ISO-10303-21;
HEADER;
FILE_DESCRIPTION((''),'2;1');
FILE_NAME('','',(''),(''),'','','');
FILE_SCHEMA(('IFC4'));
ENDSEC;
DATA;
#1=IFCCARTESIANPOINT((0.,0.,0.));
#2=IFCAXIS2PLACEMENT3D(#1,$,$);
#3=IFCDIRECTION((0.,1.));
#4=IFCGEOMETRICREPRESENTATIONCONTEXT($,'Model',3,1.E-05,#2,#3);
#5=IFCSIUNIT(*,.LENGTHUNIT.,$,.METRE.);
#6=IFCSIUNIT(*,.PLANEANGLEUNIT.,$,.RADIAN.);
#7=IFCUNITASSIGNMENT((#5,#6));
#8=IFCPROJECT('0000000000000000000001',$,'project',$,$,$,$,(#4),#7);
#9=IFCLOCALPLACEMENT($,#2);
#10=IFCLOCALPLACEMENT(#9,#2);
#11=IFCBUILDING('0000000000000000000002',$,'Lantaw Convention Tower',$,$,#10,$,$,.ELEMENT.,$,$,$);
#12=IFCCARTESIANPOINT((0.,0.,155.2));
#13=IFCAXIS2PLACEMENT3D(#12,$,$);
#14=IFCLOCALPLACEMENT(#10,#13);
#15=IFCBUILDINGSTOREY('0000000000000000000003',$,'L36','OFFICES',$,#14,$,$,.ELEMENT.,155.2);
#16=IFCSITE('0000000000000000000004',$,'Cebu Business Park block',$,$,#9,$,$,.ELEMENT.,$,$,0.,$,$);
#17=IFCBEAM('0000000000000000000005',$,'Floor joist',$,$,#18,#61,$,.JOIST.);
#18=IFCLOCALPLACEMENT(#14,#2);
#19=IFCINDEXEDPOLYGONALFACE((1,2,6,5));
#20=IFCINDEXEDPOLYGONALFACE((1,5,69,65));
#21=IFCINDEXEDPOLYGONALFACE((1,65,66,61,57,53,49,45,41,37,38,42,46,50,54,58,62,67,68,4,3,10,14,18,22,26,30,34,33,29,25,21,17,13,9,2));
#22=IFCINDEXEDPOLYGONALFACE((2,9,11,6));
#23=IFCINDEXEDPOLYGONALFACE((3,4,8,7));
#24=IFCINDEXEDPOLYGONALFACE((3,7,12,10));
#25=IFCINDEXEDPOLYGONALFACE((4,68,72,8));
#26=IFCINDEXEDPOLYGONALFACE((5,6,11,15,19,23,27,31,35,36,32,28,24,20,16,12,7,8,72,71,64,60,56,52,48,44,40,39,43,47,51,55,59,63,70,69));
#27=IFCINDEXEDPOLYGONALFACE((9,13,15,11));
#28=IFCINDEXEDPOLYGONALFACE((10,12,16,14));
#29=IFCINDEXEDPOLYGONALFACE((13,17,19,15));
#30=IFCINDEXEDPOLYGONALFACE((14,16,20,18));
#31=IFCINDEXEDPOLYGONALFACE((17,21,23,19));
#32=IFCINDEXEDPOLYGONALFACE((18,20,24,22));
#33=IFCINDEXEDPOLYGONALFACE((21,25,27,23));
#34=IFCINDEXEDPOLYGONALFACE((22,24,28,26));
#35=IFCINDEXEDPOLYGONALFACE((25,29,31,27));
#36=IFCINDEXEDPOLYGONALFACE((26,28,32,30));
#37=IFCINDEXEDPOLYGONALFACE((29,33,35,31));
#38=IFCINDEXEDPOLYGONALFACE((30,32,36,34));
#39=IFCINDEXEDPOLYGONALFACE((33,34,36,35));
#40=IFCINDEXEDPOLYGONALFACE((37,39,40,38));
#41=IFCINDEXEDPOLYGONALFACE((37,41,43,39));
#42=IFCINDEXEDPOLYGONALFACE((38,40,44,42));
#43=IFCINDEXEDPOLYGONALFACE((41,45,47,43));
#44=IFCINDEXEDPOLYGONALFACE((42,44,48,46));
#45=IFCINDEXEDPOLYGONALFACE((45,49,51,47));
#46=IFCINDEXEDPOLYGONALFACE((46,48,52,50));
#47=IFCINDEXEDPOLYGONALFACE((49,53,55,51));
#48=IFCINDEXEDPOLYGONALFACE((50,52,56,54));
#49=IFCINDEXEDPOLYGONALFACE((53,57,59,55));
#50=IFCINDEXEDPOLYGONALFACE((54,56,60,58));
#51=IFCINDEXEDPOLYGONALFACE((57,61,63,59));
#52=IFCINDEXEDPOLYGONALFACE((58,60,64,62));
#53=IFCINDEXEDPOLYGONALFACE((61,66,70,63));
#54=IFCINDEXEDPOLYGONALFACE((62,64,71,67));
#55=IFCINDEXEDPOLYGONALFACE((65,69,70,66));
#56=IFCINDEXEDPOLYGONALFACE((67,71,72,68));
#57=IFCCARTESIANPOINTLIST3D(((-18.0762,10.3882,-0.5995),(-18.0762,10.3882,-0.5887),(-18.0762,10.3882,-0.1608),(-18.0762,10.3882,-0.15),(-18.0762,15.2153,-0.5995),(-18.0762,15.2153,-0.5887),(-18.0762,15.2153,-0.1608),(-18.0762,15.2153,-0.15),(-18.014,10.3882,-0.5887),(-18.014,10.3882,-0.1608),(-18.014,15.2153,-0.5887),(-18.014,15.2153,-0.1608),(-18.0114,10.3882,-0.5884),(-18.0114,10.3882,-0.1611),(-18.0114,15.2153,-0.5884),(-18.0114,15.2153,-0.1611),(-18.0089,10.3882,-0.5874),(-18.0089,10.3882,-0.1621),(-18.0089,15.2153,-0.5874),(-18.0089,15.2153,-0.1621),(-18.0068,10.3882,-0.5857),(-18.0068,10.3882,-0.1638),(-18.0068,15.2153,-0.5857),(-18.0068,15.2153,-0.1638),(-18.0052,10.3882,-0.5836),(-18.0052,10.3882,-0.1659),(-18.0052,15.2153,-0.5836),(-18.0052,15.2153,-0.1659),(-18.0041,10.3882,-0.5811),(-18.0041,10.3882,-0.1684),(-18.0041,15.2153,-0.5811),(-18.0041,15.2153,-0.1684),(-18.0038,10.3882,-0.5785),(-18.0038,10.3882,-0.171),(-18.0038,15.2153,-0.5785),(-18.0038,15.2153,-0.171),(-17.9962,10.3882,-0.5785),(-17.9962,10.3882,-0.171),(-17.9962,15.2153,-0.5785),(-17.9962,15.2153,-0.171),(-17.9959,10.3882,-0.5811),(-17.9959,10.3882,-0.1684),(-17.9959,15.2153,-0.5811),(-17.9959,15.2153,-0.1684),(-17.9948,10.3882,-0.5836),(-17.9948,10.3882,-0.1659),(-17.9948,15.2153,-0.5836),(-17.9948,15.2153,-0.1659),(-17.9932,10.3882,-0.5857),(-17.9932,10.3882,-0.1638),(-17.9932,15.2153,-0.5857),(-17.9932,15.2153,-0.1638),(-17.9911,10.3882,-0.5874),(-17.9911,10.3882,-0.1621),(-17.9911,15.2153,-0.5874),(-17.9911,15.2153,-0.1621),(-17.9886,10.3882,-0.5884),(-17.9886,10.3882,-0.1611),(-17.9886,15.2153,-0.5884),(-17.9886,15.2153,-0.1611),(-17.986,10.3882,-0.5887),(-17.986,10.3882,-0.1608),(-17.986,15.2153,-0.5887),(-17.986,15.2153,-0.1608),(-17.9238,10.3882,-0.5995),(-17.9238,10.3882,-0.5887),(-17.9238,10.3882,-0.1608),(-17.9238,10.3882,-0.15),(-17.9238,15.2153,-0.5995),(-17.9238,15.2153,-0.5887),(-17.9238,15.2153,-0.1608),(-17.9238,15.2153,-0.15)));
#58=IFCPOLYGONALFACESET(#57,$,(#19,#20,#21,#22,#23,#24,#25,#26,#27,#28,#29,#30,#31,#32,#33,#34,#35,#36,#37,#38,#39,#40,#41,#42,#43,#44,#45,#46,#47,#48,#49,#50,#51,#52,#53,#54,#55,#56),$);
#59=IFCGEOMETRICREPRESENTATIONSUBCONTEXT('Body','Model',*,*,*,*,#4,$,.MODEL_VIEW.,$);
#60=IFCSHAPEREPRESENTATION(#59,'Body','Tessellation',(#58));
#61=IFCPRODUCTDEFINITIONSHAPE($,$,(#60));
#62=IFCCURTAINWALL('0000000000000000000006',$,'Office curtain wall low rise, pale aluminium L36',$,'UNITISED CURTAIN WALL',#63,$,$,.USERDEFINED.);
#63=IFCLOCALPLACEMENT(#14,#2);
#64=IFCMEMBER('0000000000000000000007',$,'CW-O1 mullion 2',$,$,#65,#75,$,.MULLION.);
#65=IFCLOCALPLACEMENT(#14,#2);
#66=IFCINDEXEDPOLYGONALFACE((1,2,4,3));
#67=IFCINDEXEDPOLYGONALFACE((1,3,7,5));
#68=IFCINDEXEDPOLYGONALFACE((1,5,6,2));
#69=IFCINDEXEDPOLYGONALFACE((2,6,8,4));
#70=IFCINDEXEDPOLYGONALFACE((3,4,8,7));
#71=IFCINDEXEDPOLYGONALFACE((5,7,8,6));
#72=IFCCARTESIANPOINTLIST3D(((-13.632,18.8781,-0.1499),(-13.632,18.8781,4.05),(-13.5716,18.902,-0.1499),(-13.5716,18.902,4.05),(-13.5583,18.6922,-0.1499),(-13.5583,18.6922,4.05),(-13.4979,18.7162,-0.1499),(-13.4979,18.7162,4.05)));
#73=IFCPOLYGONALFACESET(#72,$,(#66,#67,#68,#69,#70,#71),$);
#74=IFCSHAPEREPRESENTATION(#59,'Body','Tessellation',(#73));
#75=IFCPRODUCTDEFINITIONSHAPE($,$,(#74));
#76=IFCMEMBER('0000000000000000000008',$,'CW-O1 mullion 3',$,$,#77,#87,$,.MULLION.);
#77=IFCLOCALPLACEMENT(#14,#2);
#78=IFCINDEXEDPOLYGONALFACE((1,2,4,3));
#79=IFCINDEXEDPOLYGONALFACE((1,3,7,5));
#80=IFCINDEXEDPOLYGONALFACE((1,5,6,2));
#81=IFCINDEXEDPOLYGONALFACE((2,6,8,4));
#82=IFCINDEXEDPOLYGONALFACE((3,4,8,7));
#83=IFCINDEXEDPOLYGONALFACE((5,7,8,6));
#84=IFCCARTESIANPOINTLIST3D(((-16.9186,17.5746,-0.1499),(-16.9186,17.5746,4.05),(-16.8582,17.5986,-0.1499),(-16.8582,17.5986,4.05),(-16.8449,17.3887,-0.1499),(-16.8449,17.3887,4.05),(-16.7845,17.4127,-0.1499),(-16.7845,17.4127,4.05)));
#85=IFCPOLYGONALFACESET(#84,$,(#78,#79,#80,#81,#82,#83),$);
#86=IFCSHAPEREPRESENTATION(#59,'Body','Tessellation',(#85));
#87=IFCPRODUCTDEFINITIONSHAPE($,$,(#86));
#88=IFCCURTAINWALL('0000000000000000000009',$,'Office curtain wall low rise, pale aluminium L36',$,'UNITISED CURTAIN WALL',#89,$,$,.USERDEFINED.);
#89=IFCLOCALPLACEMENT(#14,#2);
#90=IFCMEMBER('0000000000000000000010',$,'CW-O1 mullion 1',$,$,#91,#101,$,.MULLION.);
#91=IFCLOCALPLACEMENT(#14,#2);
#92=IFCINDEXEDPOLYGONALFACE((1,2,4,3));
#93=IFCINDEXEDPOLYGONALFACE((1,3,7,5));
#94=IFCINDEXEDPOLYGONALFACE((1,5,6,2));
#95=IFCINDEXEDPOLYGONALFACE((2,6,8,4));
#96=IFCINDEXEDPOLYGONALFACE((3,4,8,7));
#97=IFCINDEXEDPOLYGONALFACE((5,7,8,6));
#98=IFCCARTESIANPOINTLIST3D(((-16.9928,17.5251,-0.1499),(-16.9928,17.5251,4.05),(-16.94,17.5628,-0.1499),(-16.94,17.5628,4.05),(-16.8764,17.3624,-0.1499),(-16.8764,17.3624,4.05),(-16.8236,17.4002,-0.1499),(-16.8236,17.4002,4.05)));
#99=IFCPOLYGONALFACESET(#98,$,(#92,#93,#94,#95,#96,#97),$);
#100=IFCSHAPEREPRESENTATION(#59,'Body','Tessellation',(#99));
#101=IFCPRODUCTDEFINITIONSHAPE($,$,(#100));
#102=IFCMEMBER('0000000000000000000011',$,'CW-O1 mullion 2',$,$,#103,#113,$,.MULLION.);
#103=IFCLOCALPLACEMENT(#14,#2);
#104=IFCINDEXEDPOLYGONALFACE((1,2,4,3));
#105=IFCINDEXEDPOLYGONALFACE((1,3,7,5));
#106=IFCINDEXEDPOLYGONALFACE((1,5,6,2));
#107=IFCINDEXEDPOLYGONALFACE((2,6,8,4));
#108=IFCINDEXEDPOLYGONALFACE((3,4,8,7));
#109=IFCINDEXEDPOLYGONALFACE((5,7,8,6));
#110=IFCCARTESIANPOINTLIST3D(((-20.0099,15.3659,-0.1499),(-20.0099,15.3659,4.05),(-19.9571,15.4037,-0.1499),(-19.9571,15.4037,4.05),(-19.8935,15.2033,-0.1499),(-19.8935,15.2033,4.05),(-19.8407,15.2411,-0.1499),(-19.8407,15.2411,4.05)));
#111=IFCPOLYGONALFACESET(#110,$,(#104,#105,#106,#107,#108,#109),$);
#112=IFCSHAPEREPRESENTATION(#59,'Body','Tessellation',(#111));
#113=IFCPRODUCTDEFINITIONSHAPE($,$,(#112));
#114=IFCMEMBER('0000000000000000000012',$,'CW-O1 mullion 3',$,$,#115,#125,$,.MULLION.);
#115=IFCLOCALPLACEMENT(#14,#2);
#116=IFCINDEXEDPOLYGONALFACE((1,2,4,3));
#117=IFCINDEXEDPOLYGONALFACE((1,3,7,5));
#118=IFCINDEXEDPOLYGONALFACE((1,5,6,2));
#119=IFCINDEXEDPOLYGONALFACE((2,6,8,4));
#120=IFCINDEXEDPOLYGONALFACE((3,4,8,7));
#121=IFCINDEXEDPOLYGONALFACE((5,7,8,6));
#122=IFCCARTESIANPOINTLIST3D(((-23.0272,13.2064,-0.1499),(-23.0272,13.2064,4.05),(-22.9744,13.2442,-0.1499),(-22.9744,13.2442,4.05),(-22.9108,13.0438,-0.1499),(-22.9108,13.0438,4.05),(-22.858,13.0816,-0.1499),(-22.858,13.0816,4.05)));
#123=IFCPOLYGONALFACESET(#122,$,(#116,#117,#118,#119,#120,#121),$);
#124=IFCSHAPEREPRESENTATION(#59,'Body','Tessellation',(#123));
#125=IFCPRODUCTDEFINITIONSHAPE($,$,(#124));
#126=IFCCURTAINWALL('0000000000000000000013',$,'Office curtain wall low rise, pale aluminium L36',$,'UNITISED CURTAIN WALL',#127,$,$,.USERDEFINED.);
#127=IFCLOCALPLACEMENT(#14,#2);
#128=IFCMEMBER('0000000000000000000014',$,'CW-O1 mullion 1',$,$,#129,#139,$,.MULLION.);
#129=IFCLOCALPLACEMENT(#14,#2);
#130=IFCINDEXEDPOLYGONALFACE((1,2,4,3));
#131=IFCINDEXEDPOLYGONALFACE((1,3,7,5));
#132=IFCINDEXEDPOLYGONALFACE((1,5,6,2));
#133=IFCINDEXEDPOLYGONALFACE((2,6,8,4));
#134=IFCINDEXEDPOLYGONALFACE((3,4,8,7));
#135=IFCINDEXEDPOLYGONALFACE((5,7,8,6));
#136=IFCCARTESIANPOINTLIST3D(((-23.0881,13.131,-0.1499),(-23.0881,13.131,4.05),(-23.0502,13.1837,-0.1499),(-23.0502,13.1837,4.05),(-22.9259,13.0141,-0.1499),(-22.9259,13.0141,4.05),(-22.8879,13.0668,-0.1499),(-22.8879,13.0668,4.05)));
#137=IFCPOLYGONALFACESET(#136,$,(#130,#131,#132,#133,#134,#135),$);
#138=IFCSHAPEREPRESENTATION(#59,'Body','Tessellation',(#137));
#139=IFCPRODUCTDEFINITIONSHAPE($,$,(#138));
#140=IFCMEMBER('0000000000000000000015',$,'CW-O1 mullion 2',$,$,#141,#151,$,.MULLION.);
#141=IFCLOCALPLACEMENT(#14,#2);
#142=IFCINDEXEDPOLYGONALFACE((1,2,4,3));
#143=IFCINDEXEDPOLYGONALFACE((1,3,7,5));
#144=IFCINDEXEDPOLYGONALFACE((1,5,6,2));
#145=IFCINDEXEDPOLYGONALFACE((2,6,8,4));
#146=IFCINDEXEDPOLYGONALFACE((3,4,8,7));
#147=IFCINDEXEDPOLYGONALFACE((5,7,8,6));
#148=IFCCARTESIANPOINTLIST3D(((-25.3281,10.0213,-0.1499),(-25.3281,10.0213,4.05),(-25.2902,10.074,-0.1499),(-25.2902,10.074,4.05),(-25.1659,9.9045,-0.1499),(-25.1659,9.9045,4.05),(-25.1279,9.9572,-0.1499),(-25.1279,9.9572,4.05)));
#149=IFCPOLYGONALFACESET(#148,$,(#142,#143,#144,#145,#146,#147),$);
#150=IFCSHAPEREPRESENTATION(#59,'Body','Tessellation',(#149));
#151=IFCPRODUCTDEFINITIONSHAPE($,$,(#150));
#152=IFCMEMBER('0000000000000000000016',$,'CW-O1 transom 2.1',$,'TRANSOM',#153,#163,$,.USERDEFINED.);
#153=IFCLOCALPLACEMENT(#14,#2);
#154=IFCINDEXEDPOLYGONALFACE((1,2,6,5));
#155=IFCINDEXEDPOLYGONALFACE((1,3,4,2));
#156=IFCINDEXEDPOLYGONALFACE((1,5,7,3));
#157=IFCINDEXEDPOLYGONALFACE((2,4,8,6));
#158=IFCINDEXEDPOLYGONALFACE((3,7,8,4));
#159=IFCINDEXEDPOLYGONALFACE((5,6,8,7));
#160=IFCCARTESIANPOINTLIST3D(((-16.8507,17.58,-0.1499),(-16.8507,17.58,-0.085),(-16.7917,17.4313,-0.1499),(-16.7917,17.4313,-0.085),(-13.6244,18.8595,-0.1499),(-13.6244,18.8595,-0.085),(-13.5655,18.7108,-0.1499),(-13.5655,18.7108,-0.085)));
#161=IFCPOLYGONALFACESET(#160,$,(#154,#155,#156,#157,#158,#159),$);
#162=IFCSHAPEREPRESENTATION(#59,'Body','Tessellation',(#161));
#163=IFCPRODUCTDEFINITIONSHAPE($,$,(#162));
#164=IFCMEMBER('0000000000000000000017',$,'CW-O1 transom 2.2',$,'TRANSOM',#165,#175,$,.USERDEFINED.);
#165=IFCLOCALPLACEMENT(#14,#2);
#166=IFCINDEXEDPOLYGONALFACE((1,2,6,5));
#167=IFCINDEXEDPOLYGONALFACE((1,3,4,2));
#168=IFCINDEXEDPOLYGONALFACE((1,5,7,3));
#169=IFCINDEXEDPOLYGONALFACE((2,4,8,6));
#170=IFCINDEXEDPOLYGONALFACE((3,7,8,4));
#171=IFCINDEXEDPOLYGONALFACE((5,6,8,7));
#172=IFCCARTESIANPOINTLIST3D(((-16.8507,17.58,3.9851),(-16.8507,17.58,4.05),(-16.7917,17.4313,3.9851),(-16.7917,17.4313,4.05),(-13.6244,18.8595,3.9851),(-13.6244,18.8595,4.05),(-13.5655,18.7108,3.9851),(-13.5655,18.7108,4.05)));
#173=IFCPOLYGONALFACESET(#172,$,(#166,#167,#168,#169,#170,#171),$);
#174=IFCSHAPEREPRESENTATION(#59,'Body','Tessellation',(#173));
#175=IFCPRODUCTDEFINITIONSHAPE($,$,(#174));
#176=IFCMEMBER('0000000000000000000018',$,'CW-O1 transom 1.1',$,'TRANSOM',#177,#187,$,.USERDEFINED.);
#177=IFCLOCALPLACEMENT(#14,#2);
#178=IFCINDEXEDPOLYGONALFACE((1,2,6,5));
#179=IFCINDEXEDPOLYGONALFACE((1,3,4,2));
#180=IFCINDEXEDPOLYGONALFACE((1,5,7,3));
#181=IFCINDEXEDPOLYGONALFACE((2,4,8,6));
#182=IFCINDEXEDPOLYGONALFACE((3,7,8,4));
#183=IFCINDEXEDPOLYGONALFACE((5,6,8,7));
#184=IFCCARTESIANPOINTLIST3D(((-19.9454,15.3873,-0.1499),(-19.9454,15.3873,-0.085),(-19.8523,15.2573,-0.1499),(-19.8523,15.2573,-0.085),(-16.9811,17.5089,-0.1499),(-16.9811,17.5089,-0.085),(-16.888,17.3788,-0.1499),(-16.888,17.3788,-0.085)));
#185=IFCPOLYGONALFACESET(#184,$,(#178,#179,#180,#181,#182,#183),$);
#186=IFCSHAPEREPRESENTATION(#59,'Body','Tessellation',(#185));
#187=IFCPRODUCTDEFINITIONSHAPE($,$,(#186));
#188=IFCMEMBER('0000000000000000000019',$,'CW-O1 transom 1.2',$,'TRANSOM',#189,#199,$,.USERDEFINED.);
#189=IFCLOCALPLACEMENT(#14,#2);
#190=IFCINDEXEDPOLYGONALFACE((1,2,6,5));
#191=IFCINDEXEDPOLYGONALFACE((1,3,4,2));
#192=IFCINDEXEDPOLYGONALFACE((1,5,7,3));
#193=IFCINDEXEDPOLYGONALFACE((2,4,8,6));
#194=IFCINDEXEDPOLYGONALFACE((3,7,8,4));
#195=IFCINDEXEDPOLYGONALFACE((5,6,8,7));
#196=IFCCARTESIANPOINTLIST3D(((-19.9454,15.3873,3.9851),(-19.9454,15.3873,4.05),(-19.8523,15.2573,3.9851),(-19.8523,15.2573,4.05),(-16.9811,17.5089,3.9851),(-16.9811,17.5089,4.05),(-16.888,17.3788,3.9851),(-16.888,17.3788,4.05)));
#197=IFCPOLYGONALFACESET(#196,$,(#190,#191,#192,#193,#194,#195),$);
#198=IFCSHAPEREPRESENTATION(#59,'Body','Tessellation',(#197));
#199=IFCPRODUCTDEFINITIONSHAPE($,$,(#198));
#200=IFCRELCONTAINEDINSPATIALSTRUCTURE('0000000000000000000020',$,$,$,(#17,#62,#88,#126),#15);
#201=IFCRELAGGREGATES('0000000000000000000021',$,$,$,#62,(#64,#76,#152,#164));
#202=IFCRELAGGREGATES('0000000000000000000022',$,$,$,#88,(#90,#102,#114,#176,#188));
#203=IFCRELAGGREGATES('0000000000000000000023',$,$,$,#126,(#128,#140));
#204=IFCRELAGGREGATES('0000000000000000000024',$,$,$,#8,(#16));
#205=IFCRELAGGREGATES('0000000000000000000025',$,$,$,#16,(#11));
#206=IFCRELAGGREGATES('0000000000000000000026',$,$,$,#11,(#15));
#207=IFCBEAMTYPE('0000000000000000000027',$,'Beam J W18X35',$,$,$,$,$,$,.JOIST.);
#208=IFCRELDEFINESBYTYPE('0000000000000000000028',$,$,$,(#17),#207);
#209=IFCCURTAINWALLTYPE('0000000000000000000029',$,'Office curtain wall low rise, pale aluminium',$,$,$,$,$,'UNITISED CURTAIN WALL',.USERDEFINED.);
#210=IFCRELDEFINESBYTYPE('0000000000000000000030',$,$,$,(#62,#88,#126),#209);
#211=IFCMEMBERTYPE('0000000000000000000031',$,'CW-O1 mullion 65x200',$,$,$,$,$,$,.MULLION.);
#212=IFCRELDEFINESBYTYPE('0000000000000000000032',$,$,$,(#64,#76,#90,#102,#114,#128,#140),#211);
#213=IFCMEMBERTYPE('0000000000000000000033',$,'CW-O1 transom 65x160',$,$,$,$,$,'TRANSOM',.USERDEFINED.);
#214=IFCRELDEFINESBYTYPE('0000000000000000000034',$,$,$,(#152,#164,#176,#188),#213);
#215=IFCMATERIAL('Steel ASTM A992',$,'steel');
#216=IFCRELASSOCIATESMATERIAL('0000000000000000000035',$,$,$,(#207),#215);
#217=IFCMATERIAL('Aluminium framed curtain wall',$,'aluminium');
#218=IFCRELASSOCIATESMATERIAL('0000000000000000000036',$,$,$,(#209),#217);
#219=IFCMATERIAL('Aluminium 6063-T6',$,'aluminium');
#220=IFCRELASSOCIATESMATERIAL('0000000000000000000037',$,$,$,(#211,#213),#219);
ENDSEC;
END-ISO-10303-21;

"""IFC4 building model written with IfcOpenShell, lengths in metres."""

from ifc_helpers import new_model, si_unit, direction, frame, origin, origin_2d, place, context, subcontext, project, spatial, rectangle, i_section, extrude, material, material_profile, profile_set, type_object, element, aggregate, save


model = new_model("IFC4")

# Units and contexts
model_context = context("Model", 3, precision=1e-05, world=origin(), true_north=direction((0.0, 1.0)))
body_context = subcontext(model_context, "Body", "Model", "MODEL_VIEW")
ifc_project = project(units=[si_unit("LENGTHUNIT", "METRE"), si_unit("PLANEANGLEUNIT", "RADIAN")], contexts=[model_context])

# Site, building, storey
site_placement = place(None, origin())
site = spatial("IfcSite", under=ifc_project, at=site_placement, Name="Cebu Business Park block", CompositionType="ELEMENT", RefElevation=0.0)
building_placement = place(site_placement, origin())
building = spatial("IfcBuilding", under=site, at=building_placement, Name="Lantaw Convention Tower", CompositionType="ELEMENT")
storey_placement = place(building_placement, frame((0.0, 0.0, 155.2)))
storey = spatial("IfcBuildingStorey", under=building, at=storey_placement, Name="L36", Description="OFFICES", CompositionType="ELEMENT", Elevation=155.2)

# Beam
ifc_material_1 = material(Name="Steel ASTM A992", Category="steel")
ifc_material_profile_1 = material_profile(ifc_material_1, i_section(OverallWidth=0.1523, OverallDepth=0.4495, WebThickness=0.0076, FlangeThickness=0.0107, FilletRadius=0.0103, at=origin_2d()), Name="W18X35")
ifc_profile_set_1 = profile_set([ifc_material_profile_1], Name="Steel ASTM A992")
beam_type_1 = type_object("IfcBeamType", Name="Beam J W18X35", PredefinedType="JOIST", material=ifc_profile_set_1)
beam_1_placement = place(storey_placement, frame((-18.0, 10.3882, -0.3748), z_axis=(0.0, 1.0, 0.0), x_axis=(-1.0, 0.0, 0.0)))
element("IfcBeam", 1, at=beam_1_placement, inside=storey, type_object=beam_type_1, Name="Floor joist", PredefinedType="JOIST", context=body_context, shape_type="SweptSolid", body=[
    extrude(i_section(OverallWidth=0.1523, OverallDepth=0.4495, WebThickness=0.0076, FlangeThickness=0.0107, FilletRadius=0.0103, at=origin_2d()), origin(), (0.0, 0.0, 1.0), 4.8271),
])

# Curtain walls, members
ifc_material_2 = material(Name="Aluminium framed curtain wall", Category="aluminium")
curtain_wall_type = type_object("IfcCurtainWallType", Name="Office curtain wall low rise, pale aluminium", ElementType="UNITISED CURTAIN WALL", PredefinedType="USERDEFINED", material=ifc_material_2)
curtain_wall_1_placement = place(storey_placement, origin())
curtain_wall_1 = element("IfcCurtainWall", 2, at=curtain_wall_1_placement, inside=storey, type_object=curtain_wall_type, Name="Office curtain wall low rise, pale aluminium L36", ObjectType="UNITISED CURTAIN WALL", PredefinedType="USERDEFINED")
ifc_material_3 = material(Name="Aluminium 6063-T6", Category="aluminium")
ifc_material_profile_2 = material_profile(ifc_material_3, rectangle(XDim=0.2, YDim=0.0649, at=origin_2d()), Name="CW-O1 mullion 65x200")
ifc_profile_set_2 = profile_set([ifc_material_profile_2], Name="Aluminium 6063-T6")
member_type_1 = type_object("IfcMemberType", Name="CW-O1 mullion 65x200", PredefinedType="MULLION", material=ifc_profile_set_2)
member_1_placement = place(storey_placement, frame((-13.5649, 18.7971, -0.1499), z_axis=(0.0, 0.0, 1.0), x_axis=(0.368702, -0.929548, 0.0)))
member_1 = element("IfcMember", 3, at=member_1_placement, type_object=member_type_1, Name="CW-O1 mullion 2", PredefinedType="MULLION", context=body_context, shape_type="SweptSolid", body=[
    extrude(rectangle(XDim=0.2, YDim=0.0649, at=origin_2d()), origin(), (0.0, 0.0, 1.0), 4.2),
])
member_2_placement = place(storey_placement, frame((-16.8516, 17.4937, -0.1499), z_axis=(0.0, 0.0, 1.0), x_axis=(0.368702, -0.929548, 0.0)))
member_2 = element("IfcMember", 4, at=member_2_placement, type_object=member_type_1, Name="CW-O1 mullion 3", PredefinedType="MULLION", context=body_context, shape_type="SweptSolid", body=[
    extrude(rectangle(XDim=0.2, YDim=0.0649, at=origin_2d()), origin(), (0.0, 0.0, 1.0), 4.2),
])
curtain_wall_2_placement = place(storey_placement, origin())
curtain_wall_2 = element("IfcCurtainWall", 5, at=curtain_wall_2_placement, inside=storey, type_object=curtain_wall_type, Name="Office curtain wall low rise, pale aluminium L36", ObjectType="UNITISED CURTAIN WALL", PredefinedType="USERDEFINED")
member_3_placement = place(storey_placement, frame((-16.9082, 17.4626, -0.1499), z_axis=(0.0, 0.0, 1.0), x_axis=(0.581973, -0.813208, 0.0)))
member_3 = element("IfcMember", 6, at=member_3_placement, type_object=member_type_1, Name="CW-O1 mullion 1", PredefinedType="MULLION", context=body_context, shape_type="SweptSolid", body=[
    extrude(rectangle(XDim=0.2, YDim=0.0649, at=origin_2d()), origin(), (0.0, 0.0, 1.0), 4.2),
])
member_4_placement = place(storey_placement, frame((-19.9253, 15.3035, -0.1499), z_axis=(0.0, 0.0, 1.0), x_axis=(0.581973, -0.813208, 0.0)))
member_4 = element("IfcMember", 7, at=member_4_placement, type_object=member_type_1, Name="CW-O1 mullion 2", PredefinedType="MULLION", context=body_context, shape_type="SweptSolid", body=[
    extrude(rectangle(XDim=0.2, YDim=0.0649, at=origin_2d()), origin(), (0.0, 0.0, 1.0), 4.2),
])
member_5_placement = place(storey_placement, frame((-22.9426, 13.144, -0.1499), z_axis=(0.0, 0.0, 1.0), x_axis=(0.581973, -0.813208, 0.0)))
member_5 = element("IfcMember", 8, at=member_5_placement, type_object=member_type_1, Name="CW-O1 mullion 3", PredefinedType="MULLION", context=body_context, shape_type="SweptSolid", body=[
    extrude(rectangle(XDim=0.2, YDim=0.0649, at=origin_2d()), origin(), (0.0, 0.0, 1.0), 4.2),
])
curtain_wall_3_placement = place(storey_placement, origin())
curtain_wall_3 = element("IfcCurtainWall", 9, at=curtain_wall_3_placement, inside=storey, type_object=curtain_wall_type, Name="Office curtain wall low rise, pale aluminium L36", ObjectType="UNITISED CURTAIN WALL", PredefinedType="USERDEFINED")
member_6_placement = place(storey_placement, frame((-22.988, 13.0989, -0.1499), z_axis=(0.0, 0.0, 1.0), x_axis=(0.811385, -0.584513, 0.0)))
member_6 = element("IfcMember", 10, at=member_6_placement, type_object=member_type_1, Name="CW-O1 mullion 1", PredefinedType="MULLION", context=body_context, shape_type="SweptSolid", body=[
    extrude(rectangle(XDim=0.2, YDim=0.0649, at=origin_2d()), origin(), (0.0, 0.0, 1.0), 4.2),
])
member_7_placement = place(storey_placement, frame((-25.228, 9.9893, -0.1499), z_axis=(0.0, 0.0, 1.0), x_axis=(0.811385, -0.584513, 0.0)))
member_7 = element("IfcMember", 11, at=member_7_placement, type_object=member_type_1, Name="CW-O1 mullion 2", PredefinedType="MULLION", context=body_context, shape_type="SweptSolid", body=[
    extrude(rectangle(XDim=0.2, YDim=0.0649, at=origin_2d()), origin(), (0.0, 0.0, 1.0), 4.2),
])

# Members
ifc_material_profile_3 = material_profile(ifc_material_3, rectangle(XDim=0.1599, YDim=0.0649, at=origin_2d()), Name="CW-O1 transom 65x160")
ifc_profile_set_3 = profile_set([ifc_material_profile_3], Name="Aluminium 6063-T6")
member_type_2 = type_object("IfcMemberType", Name="CW-O1 transom 65x160", ElementType="TRANSOM", PredefinedType="USERDEFINED", material=ifc_profile_set_3)
member_8_placement = place(storey_placement, frame((-13.595, 18.7852, -0.1174), z_axis=(-0.929564, -0.36866, 0.0), x_axis=(0.36866, -0.929564, 0.0)))
member_8 = element("IfcMember", 12, at=member_8_placement, type_object=member_type_2, Name="CW-O1 transom 2.1", ObjectType="TRANSOM", PredefinedType="USERDEFINED", context=body_context, shape_type="SweptSolid", body=[
    extrude(rectangle(XDim=0.1599, YDim=0.0649, at=origin_2d()), origin(), (0.0, 0.0, 1.0), 3.4707),
])
member_9_placement = place(storey_placement, frame((-13.595, 18.7852, 4.0176), z_axis=(-0.929564, -0.36866, 0.0), x_axis=(0.36866, -0.929564, 0.0)))
member_9 = element("IfcMember", 13, at=member_9_placement, type_object=member_type_2, Name="CW-O1 transom 2.2", ObjectType="TRANSOM", PredefinedType="USERDEFINED", context=body_context, shape_type="SweptSolid", body=[
    extrude(rectangle(XDim=0.1599, YDim=0.0649, at=origin_2d()), origin(), (0.0, 0.0, 1.0), 3.4707),
])
member_10_placement = place(storey_placement, frame((-16.9346, 17.4438, -0.1174), z_axis=(-0.81319, -0.581998, 0.0), x_axis=(0.581998, -0.81319, 0.0)))
member_10 = element("IfcMember", 14, at=member_10_placement, type_object=member_type_2, Name="CW-O1 transom 1.1", ObjectType="TRANSOM", PredefinedType="USERDEFINED", context=body_context, shape_type="SweptSolid", body=[
    extrude(rectangle(XDim=0.1599, YDim=0.0649, at=origin_2d()), origin(), (0.0, 0.0, 1.0), 3.6453),
])
member_11_placement = place(storey_placement, frame((-16.9346, 17.4438, 4.0176), z_axis=(-0.81319, -0.581998, 0.0), x_axis=(0.581998, -0.81319, 0.0)))
member_11 = element("IfcMember", 15, at=member_11_placement, type_object=member_type_2, Name="CW-O1 transom 1.2", ObjectType="TRANSOM", PredefinedType="USERDEFINED", context=body_context, shape_type="SweptSolid", body=[
    extrude(rectangle(XDim=0.1599, YDim=0.0649, at=origin_2d()), origin(), (0.0, 0.0, 1.0), 3.6453),
])

aggregate(curtain_wall_1, [member_1, member_2, member_8, member_9])
aggregate(curtain_wall_2, [member_3, member_4, member_5, member_10, member_11])
aggregate(curtain_wall_3, [member_6, member_7])

save(model, "model.ifc")
